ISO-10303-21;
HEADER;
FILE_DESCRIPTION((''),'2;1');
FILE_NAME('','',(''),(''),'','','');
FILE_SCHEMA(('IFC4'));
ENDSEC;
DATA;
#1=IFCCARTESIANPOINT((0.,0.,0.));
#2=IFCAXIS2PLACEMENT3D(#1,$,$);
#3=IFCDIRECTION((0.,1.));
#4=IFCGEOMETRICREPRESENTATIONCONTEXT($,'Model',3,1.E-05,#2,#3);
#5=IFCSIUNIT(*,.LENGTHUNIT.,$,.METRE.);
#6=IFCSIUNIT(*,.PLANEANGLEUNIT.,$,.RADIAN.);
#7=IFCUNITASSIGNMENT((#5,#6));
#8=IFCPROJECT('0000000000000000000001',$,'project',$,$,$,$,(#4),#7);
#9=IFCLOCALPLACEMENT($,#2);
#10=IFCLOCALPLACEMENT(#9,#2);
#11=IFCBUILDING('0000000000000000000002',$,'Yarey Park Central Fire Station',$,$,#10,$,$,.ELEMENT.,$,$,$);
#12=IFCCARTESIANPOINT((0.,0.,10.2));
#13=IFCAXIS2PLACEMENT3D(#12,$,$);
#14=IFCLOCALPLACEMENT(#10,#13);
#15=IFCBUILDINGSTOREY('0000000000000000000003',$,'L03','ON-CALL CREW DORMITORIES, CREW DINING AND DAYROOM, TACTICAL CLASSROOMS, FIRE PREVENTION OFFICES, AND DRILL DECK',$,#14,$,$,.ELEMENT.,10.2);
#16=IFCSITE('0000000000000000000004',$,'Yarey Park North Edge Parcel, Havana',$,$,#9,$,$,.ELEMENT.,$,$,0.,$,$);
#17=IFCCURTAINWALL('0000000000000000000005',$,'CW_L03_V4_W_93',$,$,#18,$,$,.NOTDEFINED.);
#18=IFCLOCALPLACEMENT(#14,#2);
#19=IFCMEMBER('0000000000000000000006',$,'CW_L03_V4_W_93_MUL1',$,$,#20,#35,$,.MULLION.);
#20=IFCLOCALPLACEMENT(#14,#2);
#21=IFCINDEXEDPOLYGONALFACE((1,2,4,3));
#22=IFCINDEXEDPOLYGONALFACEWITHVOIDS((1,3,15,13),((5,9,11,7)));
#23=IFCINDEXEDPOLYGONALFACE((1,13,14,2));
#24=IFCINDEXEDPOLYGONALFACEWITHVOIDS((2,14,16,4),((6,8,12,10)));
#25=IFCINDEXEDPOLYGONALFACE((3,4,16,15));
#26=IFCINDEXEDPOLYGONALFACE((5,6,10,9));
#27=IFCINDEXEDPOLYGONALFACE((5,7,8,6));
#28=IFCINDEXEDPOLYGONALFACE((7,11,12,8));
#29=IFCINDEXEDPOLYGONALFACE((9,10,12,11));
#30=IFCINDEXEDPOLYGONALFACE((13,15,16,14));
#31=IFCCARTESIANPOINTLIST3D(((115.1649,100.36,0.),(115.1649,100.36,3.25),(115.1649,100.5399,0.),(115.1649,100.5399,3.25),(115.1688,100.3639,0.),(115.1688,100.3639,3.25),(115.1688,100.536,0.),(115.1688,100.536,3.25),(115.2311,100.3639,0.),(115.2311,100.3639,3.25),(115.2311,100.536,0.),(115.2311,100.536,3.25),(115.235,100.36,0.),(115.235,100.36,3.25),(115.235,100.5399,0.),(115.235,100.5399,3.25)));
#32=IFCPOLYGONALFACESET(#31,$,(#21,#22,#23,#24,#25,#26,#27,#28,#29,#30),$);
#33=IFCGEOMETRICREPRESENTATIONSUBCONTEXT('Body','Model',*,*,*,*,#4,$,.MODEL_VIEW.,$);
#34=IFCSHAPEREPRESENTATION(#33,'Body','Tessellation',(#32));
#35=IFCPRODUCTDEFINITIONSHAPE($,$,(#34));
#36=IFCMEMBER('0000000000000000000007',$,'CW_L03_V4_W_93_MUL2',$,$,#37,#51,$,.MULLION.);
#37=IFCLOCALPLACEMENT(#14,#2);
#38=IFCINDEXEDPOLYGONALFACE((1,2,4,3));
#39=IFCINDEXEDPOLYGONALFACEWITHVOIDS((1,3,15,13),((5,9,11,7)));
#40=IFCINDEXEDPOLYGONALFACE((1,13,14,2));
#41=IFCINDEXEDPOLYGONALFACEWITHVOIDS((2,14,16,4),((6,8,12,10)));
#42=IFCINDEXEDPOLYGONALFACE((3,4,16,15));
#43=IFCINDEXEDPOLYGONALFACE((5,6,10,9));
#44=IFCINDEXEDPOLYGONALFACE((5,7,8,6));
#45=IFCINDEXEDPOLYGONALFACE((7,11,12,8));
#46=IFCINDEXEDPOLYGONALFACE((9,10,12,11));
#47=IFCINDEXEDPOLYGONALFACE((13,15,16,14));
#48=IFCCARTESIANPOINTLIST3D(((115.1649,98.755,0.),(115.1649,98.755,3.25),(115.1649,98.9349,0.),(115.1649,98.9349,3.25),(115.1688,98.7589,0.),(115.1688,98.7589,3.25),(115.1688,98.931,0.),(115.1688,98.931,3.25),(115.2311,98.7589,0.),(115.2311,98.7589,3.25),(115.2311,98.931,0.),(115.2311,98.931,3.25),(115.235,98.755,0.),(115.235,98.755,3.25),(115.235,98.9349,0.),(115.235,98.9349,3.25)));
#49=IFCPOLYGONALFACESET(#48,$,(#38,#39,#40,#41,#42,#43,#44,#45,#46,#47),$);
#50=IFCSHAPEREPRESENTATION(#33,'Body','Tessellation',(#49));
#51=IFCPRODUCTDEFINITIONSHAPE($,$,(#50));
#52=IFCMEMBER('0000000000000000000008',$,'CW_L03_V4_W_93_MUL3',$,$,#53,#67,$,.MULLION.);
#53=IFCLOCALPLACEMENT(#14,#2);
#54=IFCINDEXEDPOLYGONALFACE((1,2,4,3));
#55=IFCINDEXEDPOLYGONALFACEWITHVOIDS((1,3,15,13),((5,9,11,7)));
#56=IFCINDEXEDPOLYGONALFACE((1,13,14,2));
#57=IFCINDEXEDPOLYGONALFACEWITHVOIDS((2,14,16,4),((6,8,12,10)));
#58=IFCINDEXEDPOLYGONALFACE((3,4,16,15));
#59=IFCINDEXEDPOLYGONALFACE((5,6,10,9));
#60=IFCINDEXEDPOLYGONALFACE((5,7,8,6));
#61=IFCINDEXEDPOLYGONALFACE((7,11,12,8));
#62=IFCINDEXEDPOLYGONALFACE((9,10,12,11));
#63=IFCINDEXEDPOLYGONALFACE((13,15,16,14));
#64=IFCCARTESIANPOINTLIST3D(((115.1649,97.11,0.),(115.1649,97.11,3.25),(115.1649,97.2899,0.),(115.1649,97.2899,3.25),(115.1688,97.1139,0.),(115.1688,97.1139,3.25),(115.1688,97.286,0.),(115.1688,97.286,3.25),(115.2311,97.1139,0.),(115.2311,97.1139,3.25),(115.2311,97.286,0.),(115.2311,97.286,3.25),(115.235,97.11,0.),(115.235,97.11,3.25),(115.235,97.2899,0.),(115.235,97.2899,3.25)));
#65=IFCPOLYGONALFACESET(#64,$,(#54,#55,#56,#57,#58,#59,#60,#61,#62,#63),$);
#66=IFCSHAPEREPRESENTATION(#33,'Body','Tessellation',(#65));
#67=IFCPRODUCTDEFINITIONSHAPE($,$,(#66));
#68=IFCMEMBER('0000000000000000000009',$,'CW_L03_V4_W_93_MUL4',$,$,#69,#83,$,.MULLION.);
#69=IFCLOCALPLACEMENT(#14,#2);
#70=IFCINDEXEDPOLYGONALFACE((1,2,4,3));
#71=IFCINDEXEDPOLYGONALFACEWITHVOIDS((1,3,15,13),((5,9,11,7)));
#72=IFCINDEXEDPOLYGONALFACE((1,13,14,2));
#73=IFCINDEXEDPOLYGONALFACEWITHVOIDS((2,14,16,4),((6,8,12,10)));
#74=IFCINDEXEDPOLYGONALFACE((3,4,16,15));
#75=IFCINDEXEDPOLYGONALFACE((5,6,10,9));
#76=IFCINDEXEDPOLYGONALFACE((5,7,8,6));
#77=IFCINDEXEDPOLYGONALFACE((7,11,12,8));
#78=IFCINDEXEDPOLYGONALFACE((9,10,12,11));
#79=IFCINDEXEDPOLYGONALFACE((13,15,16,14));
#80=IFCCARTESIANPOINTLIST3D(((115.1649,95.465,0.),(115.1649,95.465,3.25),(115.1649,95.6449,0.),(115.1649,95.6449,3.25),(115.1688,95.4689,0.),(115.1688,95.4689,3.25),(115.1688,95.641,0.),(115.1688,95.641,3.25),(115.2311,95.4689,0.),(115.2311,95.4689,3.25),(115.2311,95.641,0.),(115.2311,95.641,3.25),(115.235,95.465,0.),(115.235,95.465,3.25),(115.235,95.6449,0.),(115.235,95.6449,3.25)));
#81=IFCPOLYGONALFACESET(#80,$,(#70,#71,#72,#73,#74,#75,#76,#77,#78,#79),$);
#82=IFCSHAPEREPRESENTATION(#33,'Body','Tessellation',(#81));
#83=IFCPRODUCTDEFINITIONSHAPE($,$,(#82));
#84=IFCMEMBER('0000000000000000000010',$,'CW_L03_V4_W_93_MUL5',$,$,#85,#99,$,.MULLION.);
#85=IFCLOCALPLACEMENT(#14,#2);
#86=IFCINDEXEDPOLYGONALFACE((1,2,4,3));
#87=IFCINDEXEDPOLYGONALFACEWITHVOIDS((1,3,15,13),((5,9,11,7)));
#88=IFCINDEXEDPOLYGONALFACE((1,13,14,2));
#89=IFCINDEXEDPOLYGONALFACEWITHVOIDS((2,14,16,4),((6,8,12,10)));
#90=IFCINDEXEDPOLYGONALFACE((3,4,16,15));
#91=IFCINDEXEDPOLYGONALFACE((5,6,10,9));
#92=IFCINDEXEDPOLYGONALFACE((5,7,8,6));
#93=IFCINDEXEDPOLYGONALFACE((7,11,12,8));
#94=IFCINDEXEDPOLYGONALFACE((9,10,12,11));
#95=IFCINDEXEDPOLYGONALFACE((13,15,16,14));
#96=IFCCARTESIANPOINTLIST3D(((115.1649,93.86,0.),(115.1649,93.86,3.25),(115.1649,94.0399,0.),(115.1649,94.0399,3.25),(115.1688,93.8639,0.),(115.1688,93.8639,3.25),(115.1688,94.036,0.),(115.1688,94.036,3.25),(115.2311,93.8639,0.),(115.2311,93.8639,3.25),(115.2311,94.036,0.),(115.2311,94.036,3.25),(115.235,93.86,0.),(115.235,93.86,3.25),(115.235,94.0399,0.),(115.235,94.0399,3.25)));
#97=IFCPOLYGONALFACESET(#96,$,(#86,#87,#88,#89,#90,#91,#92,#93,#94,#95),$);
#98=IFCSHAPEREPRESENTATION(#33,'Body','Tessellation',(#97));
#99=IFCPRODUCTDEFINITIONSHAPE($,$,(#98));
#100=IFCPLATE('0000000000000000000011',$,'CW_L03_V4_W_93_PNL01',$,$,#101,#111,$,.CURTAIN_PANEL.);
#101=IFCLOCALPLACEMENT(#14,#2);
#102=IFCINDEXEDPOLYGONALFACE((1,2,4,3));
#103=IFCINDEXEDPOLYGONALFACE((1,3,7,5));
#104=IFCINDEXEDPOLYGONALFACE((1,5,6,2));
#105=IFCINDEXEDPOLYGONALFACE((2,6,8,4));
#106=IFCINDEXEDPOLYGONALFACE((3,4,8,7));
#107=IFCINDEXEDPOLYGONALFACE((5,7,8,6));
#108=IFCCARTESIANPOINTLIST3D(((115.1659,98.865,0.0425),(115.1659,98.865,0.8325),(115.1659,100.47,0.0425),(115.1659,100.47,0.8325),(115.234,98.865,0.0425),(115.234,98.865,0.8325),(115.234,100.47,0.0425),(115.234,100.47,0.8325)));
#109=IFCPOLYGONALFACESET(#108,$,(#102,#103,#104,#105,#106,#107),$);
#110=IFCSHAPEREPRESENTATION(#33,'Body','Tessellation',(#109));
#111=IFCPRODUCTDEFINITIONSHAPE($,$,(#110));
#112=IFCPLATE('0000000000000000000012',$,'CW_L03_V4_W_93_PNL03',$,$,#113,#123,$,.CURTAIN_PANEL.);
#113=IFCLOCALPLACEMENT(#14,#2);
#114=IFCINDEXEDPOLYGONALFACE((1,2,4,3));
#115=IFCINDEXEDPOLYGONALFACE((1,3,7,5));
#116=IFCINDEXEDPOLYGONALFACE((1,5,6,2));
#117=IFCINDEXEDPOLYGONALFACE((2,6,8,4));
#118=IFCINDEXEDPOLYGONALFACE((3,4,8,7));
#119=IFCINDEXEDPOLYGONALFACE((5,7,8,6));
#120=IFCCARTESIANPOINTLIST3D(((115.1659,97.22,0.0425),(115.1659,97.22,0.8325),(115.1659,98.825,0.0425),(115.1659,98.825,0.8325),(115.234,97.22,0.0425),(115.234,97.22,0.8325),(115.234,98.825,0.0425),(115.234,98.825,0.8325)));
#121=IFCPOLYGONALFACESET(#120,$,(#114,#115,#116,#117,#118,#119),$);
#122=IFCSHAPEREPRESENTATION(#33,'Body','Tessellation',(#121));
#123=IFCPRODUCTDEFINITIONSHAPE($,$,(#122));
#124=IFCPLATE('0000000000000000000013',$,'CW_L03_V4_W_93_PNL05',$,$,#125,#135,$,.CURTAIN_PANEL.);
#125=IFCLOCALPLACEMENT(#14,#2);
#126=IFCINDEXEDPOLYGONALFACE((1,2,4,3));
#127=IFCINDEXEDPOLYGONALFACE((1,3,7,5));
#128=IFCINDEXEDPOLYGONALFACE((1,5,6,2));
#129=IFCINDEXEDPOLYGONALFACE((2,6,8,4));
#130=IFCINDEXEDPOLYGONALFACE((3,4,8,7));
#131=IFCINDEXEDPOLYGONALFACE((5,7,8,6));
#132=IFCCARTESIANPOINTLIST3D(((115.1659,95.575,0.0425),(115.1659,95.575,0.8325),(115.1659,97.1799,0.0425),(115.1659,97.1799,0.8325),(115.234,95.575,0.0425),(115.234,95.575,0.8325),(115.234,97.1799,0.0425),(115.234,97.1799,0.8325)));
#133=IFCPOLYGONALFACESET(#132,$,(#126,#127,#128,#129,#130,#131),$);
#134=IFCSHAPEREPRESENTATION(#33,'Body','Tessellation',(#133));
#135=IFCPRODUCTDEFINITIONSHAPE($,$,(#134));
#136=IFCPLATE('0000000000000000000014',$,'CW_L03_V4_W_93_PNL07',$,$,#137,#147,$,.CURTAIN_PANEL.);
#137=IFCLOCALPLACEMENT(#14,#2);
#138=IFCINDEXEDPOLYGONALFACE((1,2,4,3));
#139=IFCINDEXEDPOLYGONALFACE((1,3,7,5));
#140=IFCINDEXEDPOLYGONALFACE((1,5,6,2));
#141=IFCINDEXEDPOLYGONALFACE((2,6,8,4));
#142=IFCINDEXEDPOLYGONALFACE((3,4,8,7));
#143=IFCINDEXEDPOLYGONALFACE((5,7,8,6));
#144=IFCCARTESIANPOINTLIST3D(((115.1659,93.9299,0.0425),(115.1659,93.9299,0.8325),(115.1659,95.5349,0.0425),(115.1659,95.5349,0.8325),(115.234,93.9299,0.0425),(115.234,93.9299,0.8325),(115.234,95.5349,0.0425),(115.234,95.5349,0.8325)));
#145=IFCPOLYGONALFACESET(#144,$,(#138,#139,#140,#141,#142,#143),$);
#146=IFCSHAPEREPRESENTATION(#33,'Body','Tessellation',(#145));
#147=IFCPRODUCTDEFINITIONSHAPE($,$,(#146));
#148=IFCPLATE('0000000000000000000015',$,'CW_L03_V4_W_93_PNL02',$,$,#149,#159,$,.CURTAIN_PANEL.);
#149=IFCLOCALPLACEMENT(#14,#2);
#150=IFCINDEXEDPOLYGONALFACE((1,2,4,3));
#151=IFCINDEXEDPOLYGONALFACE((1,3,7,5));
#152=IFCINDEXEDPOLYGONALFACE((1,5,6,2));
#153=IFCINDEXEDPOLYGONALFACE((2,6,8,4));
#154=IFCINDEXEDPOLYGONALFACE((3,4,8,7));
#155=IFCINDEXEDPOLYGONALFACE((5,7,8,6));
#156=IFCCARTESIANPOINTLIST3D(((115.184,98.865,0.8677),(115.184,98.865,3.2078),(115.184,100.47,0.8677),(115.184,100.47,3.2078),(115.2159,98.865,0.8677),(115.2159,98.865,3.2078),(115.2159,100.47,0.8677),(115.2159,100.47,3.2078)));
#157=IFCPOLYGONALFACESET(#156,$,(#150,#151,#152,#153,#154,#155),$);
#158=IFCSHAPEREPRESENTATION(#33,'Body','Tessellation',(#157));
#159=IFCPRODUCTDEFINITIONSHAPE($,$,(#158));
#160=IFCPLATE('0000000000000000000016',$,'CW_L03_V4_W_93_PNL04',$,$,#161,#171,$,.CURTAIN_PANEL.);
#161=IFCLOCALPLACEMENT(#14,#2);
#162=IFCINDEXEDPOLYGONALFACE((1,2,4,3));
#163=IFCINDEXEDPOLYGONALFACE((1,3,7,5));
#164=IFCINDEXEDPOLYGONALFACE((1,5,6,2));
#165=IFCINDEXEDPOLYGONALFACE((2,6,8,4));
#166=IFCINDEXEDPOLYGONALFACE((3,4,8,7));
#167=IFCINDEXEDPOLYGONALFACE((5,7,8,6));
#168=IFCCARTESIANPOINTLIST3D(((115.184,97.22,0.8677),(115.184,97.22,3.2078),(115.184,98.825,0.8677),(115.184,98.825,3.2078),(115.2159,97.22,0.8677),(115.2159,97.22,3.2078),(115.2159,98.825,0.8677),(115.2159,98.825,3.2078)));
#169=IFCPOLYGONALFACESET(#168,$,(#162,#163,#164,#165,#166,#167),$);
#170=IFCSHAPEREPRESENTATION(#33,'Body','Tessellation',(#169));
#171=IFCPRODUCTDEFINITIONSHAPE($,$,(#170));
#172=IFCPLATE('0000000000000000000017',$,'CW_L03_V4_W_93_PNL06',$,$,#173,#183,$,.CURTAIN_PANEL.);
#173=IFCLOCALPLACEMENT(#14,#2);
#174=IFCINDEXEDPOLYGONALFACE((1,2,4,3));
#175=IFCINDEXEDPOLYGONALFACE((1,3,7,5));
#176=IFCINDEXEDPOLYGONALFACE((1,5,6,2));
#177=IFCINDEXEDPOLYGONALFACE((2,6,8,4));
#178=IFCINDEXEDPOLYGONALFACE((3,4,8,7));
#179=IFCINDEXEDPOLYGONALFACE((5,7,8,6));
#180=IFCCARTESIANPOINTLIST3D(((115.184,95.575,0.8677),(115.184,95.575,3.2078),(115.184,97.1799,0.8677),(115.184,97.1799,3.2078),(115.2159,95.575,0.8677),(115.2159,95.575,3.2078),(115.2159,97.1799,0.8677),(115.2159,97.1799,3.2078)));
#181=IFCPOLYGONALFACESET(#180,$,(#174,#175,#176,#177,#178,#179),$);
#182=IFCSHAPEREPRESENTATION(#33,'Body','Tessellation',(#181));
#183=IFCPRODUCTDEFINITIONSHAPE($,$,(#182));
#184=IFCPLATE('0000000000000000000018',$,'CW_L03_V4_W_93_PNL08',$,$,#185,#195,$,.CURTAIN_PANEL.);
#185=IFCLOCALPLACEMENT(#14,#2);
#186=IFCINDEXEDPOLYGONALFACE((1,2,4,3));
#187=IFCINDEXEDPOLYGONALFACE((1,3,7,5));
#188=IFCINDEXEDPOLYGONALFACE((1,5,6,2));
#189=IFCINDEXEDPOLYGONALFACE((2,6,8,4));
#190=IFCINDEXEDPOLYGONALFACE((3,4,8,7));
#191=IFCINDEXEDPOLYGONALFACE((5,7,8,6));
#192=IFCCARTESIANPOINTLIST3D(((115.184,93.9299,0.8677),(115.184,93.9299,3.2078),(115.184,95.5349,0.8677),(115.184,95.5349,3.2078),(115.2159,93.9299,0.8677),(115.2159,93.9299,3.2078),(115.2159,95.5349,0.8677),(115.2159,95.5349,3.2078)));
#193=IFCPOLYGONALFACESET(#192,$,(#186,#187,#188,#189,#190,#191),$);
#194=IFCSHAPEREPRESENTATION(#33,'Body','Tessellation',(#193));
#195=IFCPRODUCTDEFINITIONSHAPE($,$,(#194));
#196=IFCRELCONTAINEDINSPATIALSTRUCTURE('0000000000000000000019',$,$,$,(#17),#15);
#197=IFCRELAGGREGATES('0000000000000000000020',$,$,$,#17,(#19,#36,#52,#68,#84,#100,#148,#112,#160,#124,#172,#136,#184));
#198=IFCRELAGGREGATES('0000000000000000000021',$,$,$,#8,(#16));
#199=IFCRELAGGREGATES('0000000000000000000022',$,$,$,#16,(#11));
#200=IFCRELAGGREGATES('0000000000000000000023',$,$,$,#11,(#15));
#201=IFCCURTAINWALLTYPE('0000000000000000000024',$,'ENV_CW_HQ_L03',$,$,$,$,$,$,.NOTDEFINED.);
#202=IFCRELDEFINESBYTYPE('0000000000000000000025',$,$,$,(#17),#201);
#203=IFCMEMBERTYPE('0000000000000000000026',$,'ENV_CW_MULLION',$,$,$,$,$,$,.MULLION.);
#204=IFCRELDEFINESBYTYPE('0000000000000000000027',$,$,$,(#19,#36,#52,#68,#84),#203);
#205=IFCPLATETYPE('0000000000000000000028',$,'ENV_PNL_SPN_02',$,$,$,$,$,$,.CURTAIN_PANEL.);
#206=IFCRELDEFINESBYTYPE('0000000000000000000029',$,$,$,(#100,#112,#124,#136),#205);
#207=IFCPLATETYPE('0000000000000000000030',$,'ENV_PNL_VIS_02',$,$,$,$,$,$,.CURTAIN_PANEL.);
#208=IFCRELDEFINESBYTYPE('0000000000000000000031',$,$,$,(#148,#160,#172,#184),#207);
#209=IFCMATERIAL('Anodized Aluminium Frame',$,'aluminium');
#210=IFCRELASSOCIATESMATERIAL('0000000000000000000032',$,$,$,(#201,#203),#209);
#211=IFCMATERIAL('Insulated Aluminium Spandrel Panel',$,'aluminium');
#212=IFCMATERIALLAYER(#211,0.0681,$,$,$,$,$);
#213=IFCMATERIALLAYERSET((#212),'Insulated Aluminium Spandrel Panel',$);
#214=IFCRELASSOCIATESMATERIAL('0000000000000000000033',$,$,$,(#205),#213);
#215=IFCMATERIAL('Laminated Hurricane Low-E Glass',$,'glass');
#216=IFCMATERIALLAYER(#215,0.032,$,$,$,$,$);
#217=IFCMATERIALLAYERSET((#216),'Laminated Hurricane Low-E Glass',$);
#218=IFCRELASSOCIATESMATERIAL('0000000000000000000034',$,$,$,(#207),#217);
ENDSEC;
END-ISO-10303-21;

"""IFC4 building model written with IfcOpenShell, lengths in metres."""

from ifc_helpers import new_model, si_unit, direction, frame, origin, origin_2d, place, context, subcontext, project, spatial, rectangle, hollow_rectangle, extrude, material, layer, layer_set, material_profile, profile_set, type_object, element, aggregate, save


model = new_model("IFC4")

# Units and contexts
model_context = context("Model", 3, precision=1e-05, world=origin(), true_north=direction((0.0, 1.0)))
body_context = subcontext(model_context, "Body", "Model", "MODEL_VIEW")
ifc_project = project(units=[si_unit("LENGTHUNIT", "METRE"), si_unit("PLANEANGLEUNIT", "RADIAN")], contexts=[model_context])

# Site, building, storey
site_placement = place(None, origin())
site = spatial("IfcSite", under=ifc_project, at=site_placement, Name="Yarey Park North Edge Parcel, Havana", CompositionType="ELEMENT", RefElevation=0.0)
building_placement = place(site_placement, origin())
building = spatial("IfcBuilding", under=site, at=building_placement, Name="Yarey Park Central Fire Station", CompositionType="ELEMENT")
storey_placement = place(building_placement, frame((0.0, 0.0, 10.2)))
storey = spatial("IfcBuildingStorey", under=building, at=storey_placement, Name="L03", Description="ON-CALL CREW DORMITORIES, CREW DINING AND DAYROOM, TACTICAL CLASSROOMS, FIRE PREVENTION OFFICES, AND DRILL DECK", CompositionType="ELEMENT", Elevation=10.2)

# Curtain wall, members, plates
ifc_material_1 = material(Name="Anodized Aluminium Frame", Category="aluminium")
curtain_wall_type = type_object("IfcCurtainWallType", Name="ENV_CW_HQ_L03", PredefinedType="NOTDEFINED", material=ifc_material_1)
curtain_wall_placement = place(storey_placement, origin())
curtain_wall = element("IfcCurtainWall", 1, at=curtain_wall_placement, inside=storey, type_object=curtain_wall_type, Name="CW_L03_V4_W_93", PredefinedType="NOTDEFINED")
ifc_material_profile = material_profile(ifc_material_1, hollow_rectangle(XDim=0.0701, YDim=0.1799, WallThickness=0.0039, at=origin_2d()), Name="ALU 180x70x4")
ifc_profile_set = profile_set([ifc_material_profile], Name="Anodized Aluminium Frame")
member_type = type_object("IfcMemberType", Name="ENV_CW_MULLION", PredefinedType="MULLION", material=ifc_profile_set)
member_1_placement = place(storey_placement, frame((115.2, 100.45, 0.0), z_axis=(0.0, 0.0, 1.0), x_axis=(1.0, 0.0, 0.0)))
member_1 = element("IfcMember", 2, at=member_1_placement, type_object=member_type, Name="CW_L03_V4_W_93_MUL1", PredefinedType="MULLION", context=body_context, shape_type="SweptSolid", body=[
    extrude(hollow_rectangle(XDim=0.0701, YDim=0.1799, WallThickness=0.0039, at=origin_2d()), origin(), (0.0, 0.0, 1.0), 3.25),
])
member_2_placement = place(storey_placement, frame((115.2, 98.845, 0.0), z_axis=(0.0, 0.0, 1.0), x_axis=(1.0, 0.0, 0.0)))
member_2 = element("IfcMember", 3, at=member_2_placement, type_object=member_type, Name="CW_L03_V4_W_93_MUL2", PredefinedType="MULLION", context=body_context, shape_type="SweptSolid", body=[
    extrude(hollow_rectangle(XDim=0.0701, YDim=0.1799, WallThickness=0.0039, at=origin_2d()), origin(), (0.0, 0.0, 1.0), 3.25),
])
member_3_placement = place(storey_placement, frame((115.2, 97.2, 0.0), z_axis=(0.0, 0.0, 1.0), x_axis=(1.0, 0.0, 0.0)))
member_3 = element("IfcMember", 4, at=member_3_placement, type_object=member_type, Name="CW_L03_V4_W_93_MUL3", PredefinedType="MULLION", context=body_context, shape_type="SweptSolid", body=[
    extrude(hollow_rectangle(XDim=0.0701, YDim=0.1799, WallThickness=0.0039, at=origin_2d()), origin(), (0.0, 0.0, 1.0), 3.25),
])
member_4_placement = place(storey_placement, frame((115.2, 95.5549, 0.0), z_axis=(0.0, 0.0, 1.0), x_axis=(1.0, 0.0, 0.0)))
member_4 = element("IfcMember", 5, at=member_4_placement, type_object=member_type, Name="CW_L03_V4_W_93_MUL4", PredefinedType="MULLION", context=body_context, shape_type="SweptSolid", body=[
    extrude(hollow_rectangle(XDim=0.0701, YDim=0.1799, WallThickness=0.0039, at=origin_2d()), origin(), (0.0, 0.0, 1.0), 3.25),
])
member_5_placement = place(storey_placement, frame((115.2, 93.95, 0.0), z_axis=(0.0, 0.0, 1.0), x_axis=(1.0, 0.0, 0.0)))
member_5 = element("IfcMember", 6, at=member_5_placement, type_object=member_type, Name="CW_L03_V4_W_93_MUL5", PredefinedType="MULLION", context=body_context, shape_type="SweptSolid", body=[
    extrude(hollow_rectangle(XDim=0.0701, YDim=0.1799, WallThickness=0.0039, at=origin_2d()), origin(), (0.0, 0.0, 1.0), 3.25),
])
ifc_material_2 = material(Name="Insulated Aluminium Spandrel Panel", Category="aluminium")
ifc_layer_1 = layer(ifc_material_2, 0.0681)
ifc_layer_set_1 = layer_set([ifc_layer_1], Name="Insulated Aluminium Spandrel Panel")
plate_type_1 = type_object("IfcPlateType", Name="ENV_PNL_SPN_02", PredefinedType="CURTAIN_PANEL", material=ifc_layer_set_1)
plate_1_placement = place(storey_placement, frame((115.2, 99.6675, 0.0425), z_axis=(0.0, 0.0, 1.0), x_axis=(0.0, -1.0, 0.0)))
plate_1 = element("IfcPlate", 7, at=plate_1_placement, type_object=plate_type_1, Name="CW_L03_V4_W_93_PNL01", PredefinedType="CURTAIN_PANEL", context=body_context, shape_type="SweptSolid", body=[
    extrude(rectangle(XDim=1.605, YDim=0.0681, at=origin_2d()), origin(), (0.0, 0.0, 1.0), 0.79),
])
plate_2_placement = place(storey_placement, frame((115.2, 98.0225, 0.0425), z_axis=(0.0, 0.0, 1.0), x_axis=(0.0, -1.0, 0.0)))
plate_2 = element("IfcPlate", 8, at=plate_2_placement, type_object=plate_type_1, Name="CW_L03_V4_W_93_PNL03", PredefinedType="CURTAIN_PANEL", context=body_context, shape_type="SweptSolid", body=[
    extrude(rectangle(XDim=1.605, YDim=0.0681, at=origin_2d()), origin(), (0.0, 0.0, 1.0), 0.79),
])
plate_3_placement = place(storey_placement, frame((115.2, 96.3774, 0.0425), z_axis=(0.0, 0.0, 1.0), x_axis=(0.0, -1.0, 0.0)))
plate_3 = element("IfcPlate", 9, at=plate_3_placement, type_object=plate_type_1, Name="CW_L03_V4_W_93_PNL05", PredefinedType="CURTAIN_PANEL", context=body_context, shape_type="SweptSolid", body=[
    extrude(rectangle(XDim=1.605, YDim=0.0681, at=origin_2d()), origin(), (0.0, 0.0, 1.0), 0.79),
])
plate_4_placement = place(storey_placement, frame((115.2, 94.7324, 0.0425), z_axis=(0.0, 0.0, 1.0), x_axis=(0.0, -1.0, 0.0)))
plate_4 = element("IfcPlate", 10, at=plate_4_placement, type_object=plate_type_1, Name="CW_L03_V4_W_93_PNL07", PredefinedType="CURTAIN_PANEL", context=body_context, shape_type="SweptSolid", body=[
    extrude(rectangle(XDim=1.605, YDim=0.0681, at=origin_2d()), origin(), (0.0, 0.0, 1.0), 0.79),
])
ifc_material_3 = material(Name="Laminated Hurricane Low-E Glass", Category="glass")
ifc_layer_2 = layer(ifc_material_3, 0.032)
ifc_layer_set_2 = layer_set([ifc_layer_2], Name="Laminated Hurricane Low-E Glass")
plate_type_2 = type_object("IfcPlateType", Name="ENV_PNL_VIS_02", PredefinedType="CURTAIN_PANEL", material=ifc_layer_set_2)
plate_5_placement = place(storey_placement, frame((115.2, 99.6675, 0.8677), z_axis=(0.0, 0.0, 1.0), x_axis=(0.0, -1.0, 0.0)))
plate_5 = element("IfcPlate", 11, at=plate_5_placement, type_object=plate_type_2, Name="CW_L03_V4_W_93_PNL02", PredefinedType="CURTAIN_PANEL", context=body_context, shape_type="SweptSolid", body=[
    extrude(rectangle(XDim=1.605, YDim=0.032, at=origin_2d()), origin(), (0.0, 0.0, 1.0), 2.3401),
])
plate_6_placement = place(storey_placement, frame((115.2, 98.0225, 0.8677), z_axis=(0.0, 0.0, 1.0), x_axis=(0.0, -1.0, 0.0)))
plate_6 = element("IfcPlate", 12, at=plate_6_placement, type_object=plate_type_2, Name="CW_L03_V4_W_93_PNL04", PredefinedType="CURTAIN_PANEL", context=body_context, shape_type="SweptSolid", body=[
    extrude(rectangle(XDim=1.605, YDim=0.032, at=origin_2d()), origin(), (0.0, 0.0, 1.0), 2.3401),
])
plate_7_placement = place(storey_placement, frame((115.2, 96.3774, 0.8677), z_axis=(0.0, 0.0, 1.0), x_axis=(0.0, -1.0, 0.0)))
plate_7 = element("IfcPlate", 13, at=plate_7_placement, type_object=plate_type_2, Name="CW_L03_V4_W_93_PNL06", PredefinedType="CURTAIN_PANEL", context=body_context, shape_type="SweptSolid", body=[
    extrude(rectangle(XDim=1.605, YDim=0.032, at=origin_2d()), origin(), (0.0, 0.0, 1.0), 2.3401),
])
plate_8_placement = place(storey_placement, frame((115.2, 94.7324, 0.8677), z_axis=(0.0, 0.0, 1.0), x_axis=(0.0, -1.0, 0.0)))
plate_8 = element("IfcPlate", 14, at=plate_8_placement, type_object=plate_type_2, Name="CW_L03_V4_W_93_PNL08", PredefinedType="CURTAIN_PANEL", context=body_context, shape_type="SweptSolid", body=[
    extrude(rectangle(XDim=1.605, YDim=0.032, at=origin_2d()), origin(), (0.0, 0.0, 1.0), 2.3401),
])
aggregate(curtain_wall, [member_1, member_2, member_3, member_4, member_5, plate_1, plate_5, plate_2, plate_6, plate_3, plate_7, plate_4, plate_8])

save(model, "model.ifc")
